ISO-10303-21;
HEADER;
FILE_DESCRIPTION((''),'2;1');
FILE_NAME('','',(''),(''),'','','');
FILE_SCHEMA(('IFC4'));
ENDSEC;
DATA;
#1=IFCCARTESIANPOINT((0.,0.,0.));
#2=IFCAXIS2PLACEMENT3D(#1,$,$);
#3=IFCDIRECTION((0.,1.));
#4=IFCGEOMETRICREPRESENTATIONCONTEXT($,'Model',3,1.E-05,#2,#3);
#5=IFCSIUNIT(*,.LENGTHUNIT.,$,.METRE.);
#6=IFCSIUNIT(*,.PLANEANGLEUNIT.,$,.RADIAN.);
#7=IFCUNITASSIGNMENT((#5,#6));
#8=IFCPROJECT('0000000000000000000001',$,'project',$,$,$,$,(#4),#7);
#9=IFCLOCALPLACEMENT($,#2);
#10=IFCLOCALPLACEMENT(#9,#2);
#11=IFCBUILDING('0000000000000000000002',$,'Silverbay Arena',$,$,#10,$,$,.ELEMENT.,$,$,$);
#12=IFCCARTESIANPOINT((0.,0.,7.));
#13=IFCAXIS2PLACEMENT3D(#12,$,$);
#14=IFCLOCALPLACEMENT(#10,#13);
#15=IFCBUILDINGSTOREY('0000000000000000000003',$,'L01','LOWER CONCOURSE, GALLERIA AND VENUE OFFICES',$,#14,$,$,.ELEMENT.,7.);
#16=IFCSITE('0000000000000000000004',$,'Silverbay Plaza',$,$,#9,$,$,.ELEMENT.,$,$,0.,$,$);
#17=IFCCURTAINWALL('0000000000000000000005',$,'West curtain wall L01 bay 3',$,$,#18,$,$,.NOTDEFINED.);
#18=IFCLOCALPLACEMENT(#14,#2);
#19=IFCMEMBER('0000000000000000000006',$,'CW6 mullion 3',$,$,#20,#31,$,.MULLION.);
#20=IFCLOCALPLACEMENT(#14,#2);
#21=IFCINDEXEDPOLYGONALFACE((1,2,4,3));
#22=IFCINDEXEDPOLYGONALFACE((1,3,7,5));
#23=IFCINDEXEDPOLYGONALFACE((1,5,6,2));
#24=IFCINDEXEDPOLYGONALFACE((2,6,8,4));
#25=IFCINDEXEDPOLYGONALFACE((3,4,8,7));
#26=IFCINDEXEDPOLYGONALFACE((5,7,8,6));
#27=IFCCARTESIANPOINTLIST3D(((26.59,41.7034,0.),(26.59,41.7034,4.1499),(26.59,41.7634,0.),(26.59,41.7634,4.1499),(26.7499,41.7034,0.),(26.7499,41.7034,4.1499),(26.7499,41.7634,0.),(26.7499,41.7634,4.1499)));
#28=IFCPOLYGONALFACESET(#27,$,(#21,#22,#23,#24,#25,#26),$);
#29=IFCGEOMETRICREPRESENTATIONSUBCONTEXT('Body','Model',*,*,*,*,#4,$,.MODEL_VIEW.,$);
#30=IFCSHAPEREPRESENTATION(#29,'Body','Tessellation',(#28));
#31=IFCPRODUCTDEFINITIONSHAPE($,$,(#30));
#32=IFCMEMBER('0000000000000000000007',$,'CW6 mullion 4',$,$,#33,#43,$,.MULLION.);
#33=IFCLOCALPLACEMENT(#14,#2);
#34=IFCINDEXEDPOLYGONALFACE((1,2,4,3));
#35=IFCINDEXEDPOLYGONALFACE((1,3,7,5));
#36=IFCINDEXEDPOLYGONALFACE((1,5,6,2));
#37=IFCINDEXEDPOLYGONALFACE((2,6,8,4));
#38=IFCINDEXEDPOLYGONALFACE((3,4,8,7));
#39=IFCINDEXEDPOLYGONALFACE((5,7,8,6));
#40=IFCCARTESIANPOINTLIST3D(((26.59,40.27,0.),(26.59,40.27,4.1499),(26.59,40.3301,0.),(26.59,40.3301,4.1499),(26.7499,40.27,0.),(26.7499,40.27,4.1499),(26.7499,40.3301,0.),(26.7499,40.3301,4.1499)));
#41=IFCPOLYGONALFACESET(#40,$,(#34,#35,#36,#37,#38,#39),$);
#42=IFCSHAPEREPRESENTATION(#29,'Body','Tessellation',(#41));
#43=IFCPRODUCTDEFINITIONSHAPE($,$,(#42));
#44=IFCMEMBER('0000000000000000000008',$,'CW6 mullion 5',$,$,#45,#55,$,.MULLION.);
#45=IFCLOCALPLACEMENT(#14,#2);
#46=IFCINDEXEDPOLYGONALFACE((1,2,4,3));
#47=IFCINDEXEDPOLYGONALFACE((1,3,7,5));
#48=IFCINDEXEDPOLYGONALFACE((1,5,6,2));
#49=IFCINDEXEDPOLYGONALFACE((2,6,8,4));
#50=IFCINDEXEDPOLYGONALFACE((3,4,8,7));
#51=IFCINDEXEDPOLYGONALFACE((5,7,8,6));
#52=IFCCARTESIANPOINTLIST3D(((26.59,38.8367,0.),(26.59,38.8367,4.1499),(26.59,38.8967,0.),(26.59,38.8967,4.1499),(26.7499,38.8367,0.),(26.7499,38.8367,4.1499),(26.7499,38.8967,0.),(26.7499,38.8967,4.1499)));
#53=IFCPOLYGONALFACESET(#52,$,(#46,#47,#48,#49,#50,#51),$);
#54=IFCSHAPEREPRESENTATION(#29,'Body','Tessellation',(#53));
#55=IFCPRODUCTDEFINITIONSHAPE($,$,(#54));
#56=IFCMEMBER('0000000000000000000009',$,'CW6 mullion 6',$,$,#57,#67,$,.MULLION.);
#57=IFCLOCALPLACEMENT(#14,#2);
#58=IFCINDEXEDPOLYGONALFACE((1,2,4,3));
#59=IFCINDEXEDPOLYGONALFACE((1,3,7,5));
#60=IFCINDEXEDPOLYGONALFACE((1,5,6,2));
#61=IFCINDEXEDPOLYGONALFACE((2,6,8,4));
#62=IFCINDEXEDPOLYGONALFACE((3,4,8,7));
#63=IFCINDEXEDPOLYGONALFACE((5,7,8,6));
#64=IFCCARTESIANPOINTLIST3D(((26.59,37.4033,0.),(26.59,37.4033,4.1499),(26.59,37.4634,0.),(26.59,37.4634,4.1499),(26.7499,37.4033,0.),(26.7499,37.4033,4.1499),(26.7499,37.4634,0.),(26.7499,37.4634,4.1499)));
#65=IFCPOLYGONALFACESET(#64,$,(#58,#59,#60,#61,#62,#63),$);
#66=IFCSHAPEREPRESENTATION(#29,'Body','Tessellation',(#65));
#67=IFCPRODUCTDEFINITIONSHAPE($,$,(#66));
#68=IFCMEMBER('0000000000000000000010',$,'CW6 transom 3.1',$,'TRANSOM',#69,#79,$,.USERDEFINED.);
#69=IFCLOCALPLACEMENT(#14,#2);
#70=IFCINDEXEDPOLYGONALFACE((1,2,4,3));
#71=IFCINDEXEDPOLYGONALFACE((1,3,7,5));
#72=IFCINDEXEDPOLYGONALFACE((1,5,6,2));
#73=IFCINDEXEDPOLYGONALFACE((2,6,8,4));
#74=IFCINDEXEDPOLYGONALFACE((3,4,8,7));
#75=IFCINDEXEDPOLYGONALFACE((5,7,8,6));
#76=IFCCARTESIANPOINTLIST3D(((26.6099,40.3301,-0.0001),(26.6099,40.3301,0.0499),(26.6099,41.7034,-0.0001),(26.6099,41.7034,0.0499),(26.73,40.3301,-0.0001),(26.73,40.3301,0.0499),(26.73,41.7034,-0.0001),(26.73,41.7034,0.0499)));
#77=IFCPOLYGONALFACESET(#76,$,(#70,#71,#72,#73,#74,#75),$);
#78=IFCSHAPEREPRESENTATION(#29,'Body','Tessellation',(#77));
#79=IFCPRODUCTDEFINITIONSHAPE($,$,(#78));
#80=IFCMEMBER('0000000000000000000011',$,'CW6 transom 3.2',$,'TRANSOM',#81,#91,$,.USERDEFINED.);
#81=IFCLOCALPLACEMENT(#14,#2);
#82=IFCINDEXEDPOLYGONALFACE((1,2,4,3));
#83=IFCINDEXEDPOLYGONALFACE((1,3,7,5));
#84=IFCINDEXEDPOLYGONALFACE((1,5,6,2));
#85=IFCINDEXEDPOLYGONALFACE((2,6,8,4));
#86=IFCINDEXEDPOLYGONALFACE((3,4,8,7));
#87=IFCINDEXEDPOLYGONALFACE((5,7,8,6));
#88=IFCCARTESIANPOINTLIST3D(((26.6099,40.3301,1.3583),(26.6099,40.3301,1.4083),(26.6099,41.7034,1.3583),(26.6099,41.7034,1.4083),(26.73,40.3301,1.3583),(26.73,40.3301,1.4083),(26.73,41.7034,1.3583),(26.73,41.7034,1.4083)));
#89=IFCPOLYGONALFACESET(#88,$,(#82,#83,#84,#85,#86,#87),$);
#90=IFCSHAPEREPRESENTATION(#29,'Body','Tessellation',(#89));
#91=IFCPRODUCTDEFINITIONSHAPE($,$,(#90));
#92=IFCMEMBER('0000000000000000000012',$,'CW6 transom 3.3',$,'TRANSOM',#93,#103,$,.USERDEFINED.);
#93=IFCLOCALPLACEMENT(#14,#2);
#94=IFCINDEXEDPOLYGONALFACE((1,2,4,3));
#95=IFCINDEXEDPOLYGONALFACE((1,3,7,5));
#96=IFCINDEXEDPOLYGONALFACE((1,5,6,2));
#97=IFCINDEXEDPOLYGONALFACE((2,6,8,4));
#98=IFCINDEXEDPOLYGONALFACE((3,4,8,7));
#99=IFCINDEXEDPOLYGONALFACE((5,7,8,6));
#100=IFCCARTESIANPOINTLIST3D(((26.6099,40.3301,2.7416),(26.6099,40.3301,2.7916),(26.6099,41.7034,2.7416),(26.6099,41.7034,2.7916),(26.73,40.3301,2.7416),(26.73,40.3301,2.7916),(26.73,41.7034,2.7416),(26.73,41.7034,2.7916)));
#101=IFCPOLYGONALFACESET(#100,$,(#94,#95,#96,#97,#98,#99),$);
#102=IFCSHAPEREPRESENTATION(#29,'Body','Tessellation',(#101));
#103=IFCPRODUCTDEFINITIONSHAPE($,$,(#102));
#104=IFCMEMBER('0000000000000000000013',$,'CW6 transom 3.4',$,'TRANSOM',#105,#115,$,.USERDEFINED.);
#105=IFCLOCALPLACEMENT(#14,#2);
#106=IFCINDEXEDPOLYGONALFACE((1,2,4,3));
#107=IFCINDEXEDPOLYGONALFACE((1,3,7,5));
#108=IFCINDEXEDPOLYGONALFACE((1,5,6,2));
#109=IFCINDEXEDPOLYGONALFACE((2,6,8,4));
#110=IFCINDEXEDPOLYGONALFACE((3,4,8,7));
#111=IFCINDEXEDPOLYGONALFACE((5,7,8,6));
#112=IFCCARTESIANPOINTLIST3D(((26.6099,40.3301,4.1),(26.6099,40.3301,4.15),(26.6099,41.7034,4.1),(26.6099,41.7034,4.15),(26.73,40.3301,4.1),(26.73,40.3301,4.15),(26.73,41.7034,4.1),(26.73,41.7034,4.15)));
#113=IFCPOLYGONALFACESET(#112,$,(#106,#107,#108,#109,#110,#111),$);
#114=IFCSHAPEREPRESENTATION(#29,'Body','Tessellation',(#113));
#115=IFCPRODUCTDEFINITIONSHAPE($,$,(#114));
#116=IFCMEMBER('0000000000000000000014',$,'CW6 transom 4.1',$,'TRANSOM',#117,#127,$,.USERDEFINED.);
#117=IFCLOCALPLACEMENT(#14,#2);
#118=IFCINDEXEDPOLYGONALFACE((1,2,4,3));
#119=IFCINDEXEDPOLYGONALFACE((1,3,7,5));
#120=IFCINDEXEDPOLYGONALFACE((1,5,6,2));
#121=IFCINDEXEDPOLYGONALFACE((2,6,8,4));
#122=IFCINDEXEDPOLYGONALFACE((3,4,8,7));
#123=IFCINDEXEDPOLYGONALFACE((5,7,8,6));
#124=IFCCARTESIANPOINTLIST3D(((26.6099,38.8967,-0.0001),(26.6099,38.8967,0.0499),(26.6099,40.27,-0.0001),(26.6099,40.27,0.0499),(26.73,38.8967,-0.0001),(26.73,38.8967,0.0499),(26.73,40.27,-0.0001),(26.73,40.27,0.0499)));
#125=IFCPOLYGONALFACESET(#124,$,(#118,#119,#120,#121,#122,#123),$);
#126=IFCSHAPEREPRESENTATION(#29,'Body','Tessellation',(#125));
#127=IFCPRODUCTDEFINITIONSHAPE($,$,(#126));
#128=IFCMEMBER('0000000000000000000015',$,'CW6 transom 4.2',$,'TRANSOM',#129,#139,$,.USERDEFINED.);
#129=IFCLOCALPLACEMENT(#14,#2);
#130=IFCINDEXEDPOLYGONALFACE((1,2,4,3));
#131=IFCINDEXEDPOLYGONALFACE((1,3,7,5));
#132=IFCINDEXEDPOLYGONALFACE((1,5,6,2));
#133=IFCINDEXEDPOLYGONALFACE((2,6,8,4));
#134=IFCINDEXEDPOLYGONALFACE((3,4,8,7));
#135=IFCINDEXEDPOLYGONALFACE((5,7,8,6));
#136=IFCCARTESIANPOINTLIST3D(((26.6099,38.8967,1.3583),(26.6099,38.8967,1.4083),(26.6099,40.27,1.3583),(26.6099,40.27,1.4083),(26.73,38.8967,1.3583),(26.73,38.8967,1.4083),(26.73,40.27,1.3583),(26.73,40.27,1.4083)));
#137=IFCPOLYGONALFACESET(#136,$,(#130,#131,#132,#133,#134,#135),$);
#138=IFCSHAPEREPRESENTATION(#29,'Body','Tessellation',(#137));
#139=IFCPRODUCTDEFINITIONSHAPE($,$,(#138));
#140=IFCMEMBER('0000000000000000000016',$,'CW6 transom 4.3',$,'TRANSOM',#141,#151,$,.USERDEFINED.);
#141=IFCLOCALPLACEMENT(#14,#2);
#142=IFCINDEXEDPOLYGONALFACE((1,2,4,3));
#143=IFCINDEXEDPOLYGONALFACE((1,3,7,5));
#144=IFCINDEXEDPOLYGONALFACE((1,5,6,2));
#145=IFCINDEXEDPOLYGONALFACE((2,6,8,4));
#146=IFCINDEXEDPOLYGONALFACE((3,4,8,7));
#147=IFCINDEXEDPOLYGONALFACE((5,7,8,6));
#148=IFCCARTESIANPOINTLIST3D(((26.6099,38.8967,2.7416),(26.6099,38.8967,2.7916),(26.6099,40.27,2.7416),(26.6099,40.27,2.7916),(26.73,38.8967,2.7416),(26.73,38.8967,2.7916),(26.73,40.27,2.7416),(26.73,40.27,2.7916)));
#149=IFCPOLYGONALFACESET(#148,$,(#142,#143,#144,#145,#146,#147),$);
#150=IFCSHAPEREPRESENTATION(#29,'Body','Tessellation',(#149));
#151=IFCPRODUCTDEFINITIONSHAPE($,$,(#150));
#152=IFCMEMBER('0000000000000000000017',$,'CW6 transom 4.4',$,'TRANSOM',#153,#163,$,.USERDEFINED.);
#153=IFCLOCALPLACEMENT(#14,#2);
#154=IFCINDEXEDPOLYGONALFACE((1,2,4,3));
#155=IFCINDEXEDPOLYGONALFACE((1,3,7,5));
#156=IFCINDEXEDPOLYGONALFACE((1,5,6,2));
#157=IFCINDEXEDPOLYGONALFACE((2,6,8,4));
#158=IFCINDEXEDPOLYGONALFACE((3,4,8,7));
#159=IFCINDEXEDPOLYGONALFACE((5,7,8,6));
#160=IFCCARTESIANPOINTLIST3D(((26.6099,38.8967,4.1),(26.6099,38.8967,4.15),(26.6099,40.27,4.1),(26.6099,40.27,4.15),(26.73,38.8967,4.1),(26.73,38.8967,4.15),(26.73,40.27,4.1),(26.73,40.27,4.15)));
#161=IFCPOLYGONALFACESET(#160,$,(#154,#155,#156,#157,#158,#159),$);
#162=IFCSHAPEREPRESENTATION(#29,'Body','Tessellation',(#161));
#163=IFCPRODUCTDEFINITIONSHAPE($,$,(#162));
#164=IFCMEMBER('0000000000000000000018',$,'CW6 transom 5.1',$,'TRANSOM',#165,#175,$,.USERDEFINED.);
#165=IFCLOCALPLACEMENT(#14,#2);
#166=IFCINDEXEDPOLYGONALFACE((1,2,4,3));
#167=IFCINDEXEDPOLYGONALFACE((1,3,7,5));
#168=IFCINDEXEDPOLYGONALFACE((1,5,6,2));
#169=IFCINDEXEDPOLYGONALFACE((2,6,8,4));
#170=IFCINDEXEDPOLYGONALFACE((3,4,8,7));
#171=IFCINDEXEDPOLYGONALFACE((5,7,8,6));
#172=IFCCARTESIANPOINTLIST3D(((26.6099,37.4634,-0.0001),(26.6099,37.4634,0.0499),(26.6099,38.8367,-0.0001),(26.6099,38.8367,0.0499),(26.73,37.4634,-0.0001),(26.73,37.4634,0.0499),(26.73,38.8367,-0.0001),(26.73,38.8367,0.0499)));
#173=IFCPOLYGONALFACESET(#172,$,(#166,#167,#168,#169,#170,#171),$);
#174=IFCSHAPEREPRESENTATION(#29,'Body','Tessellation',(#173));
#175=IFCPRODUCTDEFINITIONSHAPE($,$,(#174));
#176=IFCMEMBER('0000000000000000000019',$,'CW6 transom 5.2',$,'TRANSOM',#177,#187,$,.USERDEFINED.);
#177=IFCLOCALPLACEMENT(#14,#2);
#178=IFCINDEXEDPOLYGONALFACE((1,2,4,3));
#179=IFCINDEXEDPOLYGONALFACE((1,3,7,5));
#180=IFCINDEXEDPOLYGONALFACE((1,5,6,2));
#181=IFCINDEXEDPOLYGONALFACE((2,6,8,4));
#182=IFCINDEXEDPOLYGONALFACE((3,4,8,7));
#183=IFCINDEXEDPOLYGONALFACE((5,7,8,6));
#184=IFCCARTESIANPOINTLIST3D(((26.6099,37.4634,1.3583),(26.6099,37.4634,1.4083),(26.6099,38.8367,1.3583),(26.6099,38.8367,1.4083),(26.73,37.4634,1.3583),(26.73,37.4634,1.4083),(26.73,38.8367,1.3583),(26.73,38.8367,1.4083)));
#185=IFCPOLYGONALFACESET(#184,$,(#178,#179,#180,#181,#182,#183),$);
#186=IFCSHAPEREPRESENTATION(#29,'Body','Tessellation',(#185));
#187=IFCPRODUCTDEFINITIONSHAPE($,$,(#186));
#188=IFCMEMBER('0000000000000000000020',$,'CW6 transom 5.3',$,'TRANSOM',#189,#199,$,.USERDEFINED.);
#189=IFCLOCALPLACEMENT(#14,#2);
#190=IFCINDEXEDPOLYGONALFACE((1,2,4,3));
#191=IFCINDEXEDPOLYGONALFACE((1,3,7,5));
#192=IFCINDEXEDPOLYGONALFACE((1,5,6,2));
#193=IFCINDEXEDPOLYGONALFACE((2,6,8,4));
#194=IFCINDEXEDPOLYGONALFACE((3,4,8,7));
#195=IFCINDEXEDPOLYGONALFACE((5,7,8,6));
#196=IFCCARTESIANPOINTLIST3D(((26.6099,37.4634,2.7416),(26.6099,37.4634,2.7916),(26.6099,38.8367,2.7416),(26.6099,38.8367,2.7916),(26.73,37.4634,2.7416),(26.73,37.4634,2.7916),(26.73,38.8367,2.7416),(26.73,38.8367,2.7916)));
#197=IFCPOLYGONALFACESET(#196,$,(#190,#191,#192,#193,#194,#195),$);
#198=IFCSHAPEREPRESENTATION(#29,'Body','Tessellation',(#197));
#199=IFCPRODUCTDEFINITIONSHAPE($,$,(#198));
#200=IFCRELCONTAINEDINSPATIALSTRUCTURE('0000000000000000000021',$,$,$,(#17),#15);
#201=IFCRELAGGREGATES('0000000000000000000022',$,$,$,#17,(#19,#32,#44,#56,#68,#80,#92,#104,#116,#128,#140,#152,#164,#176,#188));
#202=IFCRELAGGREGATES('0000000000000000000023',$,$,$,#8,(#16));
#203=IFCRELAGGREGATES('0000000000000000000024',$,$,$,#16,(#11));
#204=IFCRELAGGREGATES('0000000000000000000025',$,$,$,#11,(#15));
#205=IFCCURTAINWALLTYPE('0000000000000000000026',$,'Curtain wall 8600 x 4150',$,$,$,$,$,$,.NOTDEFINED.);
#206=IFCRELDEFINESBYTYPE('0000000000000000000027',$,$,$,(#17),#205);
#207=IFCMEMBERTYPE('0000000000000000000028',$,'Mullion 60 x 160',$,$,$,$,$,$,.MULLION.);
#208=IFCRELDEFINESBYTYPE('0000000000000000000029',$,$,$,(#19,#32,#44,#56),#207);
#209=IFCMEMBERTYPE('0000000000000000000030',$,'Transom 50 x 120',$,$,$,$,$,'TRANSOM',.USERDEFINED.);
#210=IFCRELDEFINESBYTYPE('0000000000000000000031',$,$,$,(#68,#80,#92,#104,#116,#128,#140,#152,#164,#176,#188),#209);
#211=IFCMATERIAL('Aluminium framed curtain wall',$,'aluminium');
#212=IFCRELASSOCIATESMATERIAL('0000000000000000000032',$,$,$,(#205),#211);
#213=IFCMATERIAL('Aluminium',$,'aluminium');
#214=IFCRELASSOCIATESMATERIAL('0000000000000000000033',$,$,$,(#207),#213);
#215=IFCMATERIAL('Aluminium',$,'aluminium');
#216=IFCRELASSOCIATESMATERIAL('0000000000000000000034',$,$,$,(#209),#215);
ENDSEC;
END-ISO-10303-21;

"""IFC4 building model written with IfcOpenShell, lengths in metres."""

from ifc_helpers import new_model, si_unit, direction, frame, origin, origin_2d, place, context, subcontext, project, spatial, rectangle, extrude, material, material_profile, profile_set, type_object, element, aggregate, save


model = new_model("IFC4")

# Units and contexts
model_context = context("Model", 3, precision=1e-05, world=origin(), true_north=direction((0.0, 1.0)))
body_context = subcontext(model_context, "Body", "Model", "MODEL_VIEW")
ifc_project = project(units=[si_unit("LENGTHUNIT", "METRE"), si_unit("PLANEANGLEUNIT", "RADIAN")], contexts=[model_context])

# Site, building, storey
site_placement = place(None, origin())
site = spatial("IfcSite", under=ifc_project, at=site_placement, Name="Silverbay Plaza", CompositionType="ELEMENT", RefElevation=0.0)
building_placement = place(site_placement, origin())
building = spatial("IfcBuilding", under=site, at=building_placement, Name="Silverbay Arena", CompositionType="ELEMENT")
storey_placement = place(building_placement, frame((0.0, 0.0, 7.0)))
storey = spatial("IfcBuildingStorey", under=building, at=storey_placement, Name="L01", Description="LOWER CONCOURSE, GALLERIA AND VENUE OFFICES", CompositionType="ELEMENT", Elevation=7.0)

# Curtain wall, members
ifc_material_1 = material(Name="Aluminium framed curtain wall", Category="aluminium")
curtain_wall_type = type_object("IfcCurtainWallType", Name="Curtain wall 8600 x 4150", PredefinedType="NOTDEFINED", material=ifc_material_1)
curtain_wall_placement = place(storey_placement, origin())
curtain_wall = element("IfcCurtainWall", 1, at=curtain_wall_placement, inside=storey, type_object=curtain_wall_type, Name="West curtain wall L01 bay 3", PredefinedType="NOTDEFINED")
ifc_material_2 = material(Name="Aluminium", Category="aluminium")
ifc_material_profile_1 = material_profile(ifc_material_2, rectangle(XDim=0.1599, YDim=0.0601, at=origin_2d()), Name="Mullion 60 x 160")
ifc_profile_set_1 = profile_set([ifc_material_profile_1], Name="Aluminium")
member_type_1 = type_object("IfcMemberType", Name="Mullion 60 x 160", PredefinedType="MULLION", material=ifc_profile_set_1)
member_1_placement = place(storey_placement, frame((26.6699, 41.7334, 0.0), z_axis=(0.0, 0.0, 1.0), x_axis=(1.0, 0.0, 0.0)))
member_1 = element("IfcMember", 2, at=member_1_placement, type_object=member_type_1, Name="CW6 mullion 3", PredefinedType="MULLION", context=body_context, shape_type="SweptSolid", body=[
    extrude(rectangle(XDim=0.1599, YDim=0.0601, at=origin_2d()), origin(), (0.0, 0.0, 1.0), 4.1499),
])
member_2_placement = place(storey_placement, frame((26.6699, 40.3, 0.0), z_axis=(0.0, 0.0, 1.0), x_axis=(1.0, 0.0, 0.0)))
member_2 = element("IfcMember", 3, at=member_2_placement, type_object=member_type_1, Name="CW6 mullion 4", PredefinedType="MULLION", context=body_context, shape_type="SweptSolid", body=[
    extrude(rectangle(XDim=0.1599, YDim=0.0601, at=origin_2d()), origin(), (0.0, 0.0, 1.0), 4.1499),
])
member_3_placement = place(storey_placement, frame((26.6699, 38.8667, 0.0), z_axis=(0.0, 0.0, 1.0), x_axis=(1.0, 0.0, 0.0)))
member_3 = element("IfcMember", 4, at=member_3_placement, type_object=member_type_1, Name="CW6 mullion 5", PredefinedType="MULLION", context=body_context, shape_type="SweptSolid", body=[
    extrude(rectangle(XDim=0.1599, YDim=0.0601, at=origin_2d()), origin(), (0.0, 0.0, 1.0), 4.1499),
])
member_4_placement = place(storey_placement, frame((26.6699, 37.4333, 0.0), z_axis=(0.0, 0.0, 1.0), x_axis=(1.0, 0.0, 0.0)))
member_4 = element("IfcMember", 5, at=member_4_placement, type_object=member_type_1, Name="CW6 mullion 6", PredefinedType="MULLION", context=body_context, shape_type="SweptSolid", body=[
    extrude(rectangle(XDim=0.1599, YDim=0.0601, at=origin_2d()), origin(), (0.0, 0.0, 1.0), 4.1499),
])
ifc_material_3 = material(Name="Aluminium", Category="aluminium")
ifc_material_profile_2 = material_profile(ifc_material_3, rectangle(XDim=0.1201, YDim=0.05, at=origin_2d()), Name="Transom 50 x 120")
ifc_profile_set_2 = profile_set([ifc_material_profile_2], Name="Aluminium")
member_type_2 = type_object("IfcMemberType", Name="Transom 50 x 120", ElementType="TRANSOM", PredefinedType="USERDEFINED", material=ifc_profile_set_2)
member_5_placement = place(storey_placement, frame((26.6699, 41.7034, 0.0249), z_axis=(0.0, -1.0, 0.0), x_axis=(1.0, 0.0, 0.0)))
member_5 = element("IfcMember", 6, at=member_5_placement, type_object=member_type_2, Name="CW6 transom 3.1", ObjectType="TRANSOM", PredefinedType="USERDEFINED", context=body_context, shape_type="SweptSolid", body=[
    extrude(rectangle(XDim=0.1201, YDim=0.05, at=origin_2d()), origin(), (0.0, 0.0, 1.0), 1.3733),
])
member_6_placement = place(storey_placement, frame((26.6699, 41.7034, 1.3833), z_axis=(0.0, -1.0, 0.0), x_axis=(1.0, 0.0, 0.0)))
member_6 = element("IfcMember", 7, at=member_6_placement, type_object=member_type_2, Name="CW6 transom 3.2", ObjectType="TRANSOM", PredefinedType="USERDEFINED", context=body_context, shape_type="SweptSolid", body=[
    extrude(rectangle(XDim=0.1201, YDim=0.05, at=origin_2d()), origin(), (0.0, 0.0, 1.0), 1.3733),
])
member_7_placement = place(storey_placement, frame((26.6699, 41.7034, 2.7666), z_axis=(0.0, -1.0, 0.0), x_axis=(1.0, 0.0, 0.0)))
member_7 = element("IfcMember", 8, at=member_7_placement, type_object=member_type_2, Name="CW6 transom 3.3", ObjectType="TRANSOM", PredefinedType="USERDEFINED", context=body_context, shape_type="SweptSolid", body=[
    extrude(rectangle(XDim=0.1201, YDim=0.05, at=origin_2d()), origin(), (0.0, 0.0, 1.0), 1.3733),
])
member_8_placement = place(storey_placement, frame((26.6699, 41.7034, 4.125), z_axis=(0.0, -1.0, 0.0), x_axis=(1.0, 0.0, 0.0)))
member_8 = element("IfcMember", 9, at=member_8_placement, type_object=member_type_2, Name="CW6 transom 3.4", ObjectType="TRANSOM", PredefinedType="USERDEFINED", context=body_context, shape_type="SweptSolid", body=[
    extrude(rectangle(XDim=0.1201, YDim=0.05, at=origin_2d()), origin(), (0.0, 0.0, 1.0), 1.3733),
])
member_9_placement = place(storey_placement, frame((26.6699, 40.27, 0.0249), z_axis=(0.0, -1.0, 0.0), x_axis=(1.0, 0.0, 0.0)))
member_9 = element("IfcMember", 10, at=member_9_placement, type_object=member_type_2, Name="CW6 transom 4.1", ObjectType="TRANSOM", PredefinedType="USERDEFINED", context=body_context, shape_type="SweptSolid", body=[
    extrude(rectangle(XDim=0.1201, YDim=0.05, at=origin_2d()), origin(), (0.0, 0.0, 1.0), 1.3733),
])
member_10_placement = place(storey_placement, frame((26.6699, 40.27, 1.3833), z_axis=(0.0, -1.0, 0.0), x_axis=(1.0, 0.0, 0.0)))
member_10 = element("IfcMember", 11, at=member_10_placement, type_object=member_type_2, Name="CW6 transom 4.2", ObjectType="TRANSOM", PredefinedType="USERDEFINED", context=body_context, shape_type="SweptSolid", body=[
    extrude(rectangle(XDim=0.1201, YDim=0.05, at=origin_2d()), origin(), (0.0, 0.0, 1.0), 1.3733),
])
member_11_placement = place(storey_placement, frame((26.6699, 40.27, 2.7666), z_axis=(0.0, -1.0, 0.0), x_axis=(1.0, 0.0, 0.0)))
member_11 = element("IfcMember", 12, at=member_11_placement, type_object=member_type_2, Name="CW6 transom 4.3", ObjectType="TRANSOM", PredefinedType="USERDEFINED", context=body_context, shape_type="SweptSolid", body=[
    extrude(rectangle(XDim=0.1201, YDim=0.05, at=origin_2d()), origin(), (0.0, 0.0, 1.0), 1.3733),
])
member_12_placement = place(storey_placement, frame((26.6699, 40.27, 4.125), z_axis=(0.0, -1.0, 0.0), x_axis=(1.0, 0.0, 0.0)))
member_12 = element("IfcMember", 13, at=member_12_placement, type_object=member_type_2, Name="CW6 transom 4.4", ObjectType="TRANSOM", PredefinedType="USERDEFINED", context=body_context, shape_type="SweptSolid", body=[
    extrude(rectangle(XDim=0.1201, YDim=0.05, at=origin_2d()), origin(), (0.0, 0.0, 1.0), 1.3733),
])
member_13_placement = place(storey_placement, frame((26.6699, 38.8367, 0.0249), z_axis=(0.0, -1.0, 0.0), x_axis=(1.0, 0.0, 0.0)))
member_13 = element("IfcMember", 14, at=member_13_placement, type_object=member_type_2, Name="CW6 transom 5.1", ObjectType="TRANSOM", PredefinedType="USERDEFINED", context=body_context, shape_type="SweptSolid", body=[
    extrude(rectangle(XDim=0.1201, YDim=0.05, at=origin_2d()), origin(), (0.0, 0.0, 1.0), 1.3733),
])
member_14_placement = place(storey_placement, frame((26.6699, 38.8367, 1.3833), z_axis=(0.0, -1.0, 0.0), x_axis=(1.0, 0.0, 0.0)))
member_14 = element("IfcMember", 15, at=member_14_placement, type_object=member_type_2, Name="CW6 transom 5.2", ObjectType="TRANSOM", PredefinedType="USERDEFINED", context=body_context, shape_type="SweptSolid", body=[
    extrude(rectangle(XDim=0.1201, YDim=0.05, at=origin_2d()), origin(), (0.0, 0.0, 1.0), 1.3733),
])
member_15_placement = place(storey_placement, frame((26.6699, 38.8367, 2.7666), z_axis=(0.0, -1.0, 0.0), x_axis=(1.0, 0.0, 0.0)))
member_15 = element("IfcMember", 16, at=member_15_placement, type_object=member_type_2, Name="CW6 transom 5.3", ObjectType="TRANSOM", PredefinedType="USERDEFINED", context=body_context, shape_type="SweptSolid", body=[
    extrude(rectangle(XDim=0.1201, YDim=0.05, at=origin_2d()), origin(), (0.0, 0.0, 1.0), 1.3733),
])
aggregate(curtain_wall, [member_1, member_2, member_3, member_4, member_5, member_6, member_7, member_8, member_9, member_10, member_11, member_12, member_13, member_14, member_15])

save(model, "model.ifc")
